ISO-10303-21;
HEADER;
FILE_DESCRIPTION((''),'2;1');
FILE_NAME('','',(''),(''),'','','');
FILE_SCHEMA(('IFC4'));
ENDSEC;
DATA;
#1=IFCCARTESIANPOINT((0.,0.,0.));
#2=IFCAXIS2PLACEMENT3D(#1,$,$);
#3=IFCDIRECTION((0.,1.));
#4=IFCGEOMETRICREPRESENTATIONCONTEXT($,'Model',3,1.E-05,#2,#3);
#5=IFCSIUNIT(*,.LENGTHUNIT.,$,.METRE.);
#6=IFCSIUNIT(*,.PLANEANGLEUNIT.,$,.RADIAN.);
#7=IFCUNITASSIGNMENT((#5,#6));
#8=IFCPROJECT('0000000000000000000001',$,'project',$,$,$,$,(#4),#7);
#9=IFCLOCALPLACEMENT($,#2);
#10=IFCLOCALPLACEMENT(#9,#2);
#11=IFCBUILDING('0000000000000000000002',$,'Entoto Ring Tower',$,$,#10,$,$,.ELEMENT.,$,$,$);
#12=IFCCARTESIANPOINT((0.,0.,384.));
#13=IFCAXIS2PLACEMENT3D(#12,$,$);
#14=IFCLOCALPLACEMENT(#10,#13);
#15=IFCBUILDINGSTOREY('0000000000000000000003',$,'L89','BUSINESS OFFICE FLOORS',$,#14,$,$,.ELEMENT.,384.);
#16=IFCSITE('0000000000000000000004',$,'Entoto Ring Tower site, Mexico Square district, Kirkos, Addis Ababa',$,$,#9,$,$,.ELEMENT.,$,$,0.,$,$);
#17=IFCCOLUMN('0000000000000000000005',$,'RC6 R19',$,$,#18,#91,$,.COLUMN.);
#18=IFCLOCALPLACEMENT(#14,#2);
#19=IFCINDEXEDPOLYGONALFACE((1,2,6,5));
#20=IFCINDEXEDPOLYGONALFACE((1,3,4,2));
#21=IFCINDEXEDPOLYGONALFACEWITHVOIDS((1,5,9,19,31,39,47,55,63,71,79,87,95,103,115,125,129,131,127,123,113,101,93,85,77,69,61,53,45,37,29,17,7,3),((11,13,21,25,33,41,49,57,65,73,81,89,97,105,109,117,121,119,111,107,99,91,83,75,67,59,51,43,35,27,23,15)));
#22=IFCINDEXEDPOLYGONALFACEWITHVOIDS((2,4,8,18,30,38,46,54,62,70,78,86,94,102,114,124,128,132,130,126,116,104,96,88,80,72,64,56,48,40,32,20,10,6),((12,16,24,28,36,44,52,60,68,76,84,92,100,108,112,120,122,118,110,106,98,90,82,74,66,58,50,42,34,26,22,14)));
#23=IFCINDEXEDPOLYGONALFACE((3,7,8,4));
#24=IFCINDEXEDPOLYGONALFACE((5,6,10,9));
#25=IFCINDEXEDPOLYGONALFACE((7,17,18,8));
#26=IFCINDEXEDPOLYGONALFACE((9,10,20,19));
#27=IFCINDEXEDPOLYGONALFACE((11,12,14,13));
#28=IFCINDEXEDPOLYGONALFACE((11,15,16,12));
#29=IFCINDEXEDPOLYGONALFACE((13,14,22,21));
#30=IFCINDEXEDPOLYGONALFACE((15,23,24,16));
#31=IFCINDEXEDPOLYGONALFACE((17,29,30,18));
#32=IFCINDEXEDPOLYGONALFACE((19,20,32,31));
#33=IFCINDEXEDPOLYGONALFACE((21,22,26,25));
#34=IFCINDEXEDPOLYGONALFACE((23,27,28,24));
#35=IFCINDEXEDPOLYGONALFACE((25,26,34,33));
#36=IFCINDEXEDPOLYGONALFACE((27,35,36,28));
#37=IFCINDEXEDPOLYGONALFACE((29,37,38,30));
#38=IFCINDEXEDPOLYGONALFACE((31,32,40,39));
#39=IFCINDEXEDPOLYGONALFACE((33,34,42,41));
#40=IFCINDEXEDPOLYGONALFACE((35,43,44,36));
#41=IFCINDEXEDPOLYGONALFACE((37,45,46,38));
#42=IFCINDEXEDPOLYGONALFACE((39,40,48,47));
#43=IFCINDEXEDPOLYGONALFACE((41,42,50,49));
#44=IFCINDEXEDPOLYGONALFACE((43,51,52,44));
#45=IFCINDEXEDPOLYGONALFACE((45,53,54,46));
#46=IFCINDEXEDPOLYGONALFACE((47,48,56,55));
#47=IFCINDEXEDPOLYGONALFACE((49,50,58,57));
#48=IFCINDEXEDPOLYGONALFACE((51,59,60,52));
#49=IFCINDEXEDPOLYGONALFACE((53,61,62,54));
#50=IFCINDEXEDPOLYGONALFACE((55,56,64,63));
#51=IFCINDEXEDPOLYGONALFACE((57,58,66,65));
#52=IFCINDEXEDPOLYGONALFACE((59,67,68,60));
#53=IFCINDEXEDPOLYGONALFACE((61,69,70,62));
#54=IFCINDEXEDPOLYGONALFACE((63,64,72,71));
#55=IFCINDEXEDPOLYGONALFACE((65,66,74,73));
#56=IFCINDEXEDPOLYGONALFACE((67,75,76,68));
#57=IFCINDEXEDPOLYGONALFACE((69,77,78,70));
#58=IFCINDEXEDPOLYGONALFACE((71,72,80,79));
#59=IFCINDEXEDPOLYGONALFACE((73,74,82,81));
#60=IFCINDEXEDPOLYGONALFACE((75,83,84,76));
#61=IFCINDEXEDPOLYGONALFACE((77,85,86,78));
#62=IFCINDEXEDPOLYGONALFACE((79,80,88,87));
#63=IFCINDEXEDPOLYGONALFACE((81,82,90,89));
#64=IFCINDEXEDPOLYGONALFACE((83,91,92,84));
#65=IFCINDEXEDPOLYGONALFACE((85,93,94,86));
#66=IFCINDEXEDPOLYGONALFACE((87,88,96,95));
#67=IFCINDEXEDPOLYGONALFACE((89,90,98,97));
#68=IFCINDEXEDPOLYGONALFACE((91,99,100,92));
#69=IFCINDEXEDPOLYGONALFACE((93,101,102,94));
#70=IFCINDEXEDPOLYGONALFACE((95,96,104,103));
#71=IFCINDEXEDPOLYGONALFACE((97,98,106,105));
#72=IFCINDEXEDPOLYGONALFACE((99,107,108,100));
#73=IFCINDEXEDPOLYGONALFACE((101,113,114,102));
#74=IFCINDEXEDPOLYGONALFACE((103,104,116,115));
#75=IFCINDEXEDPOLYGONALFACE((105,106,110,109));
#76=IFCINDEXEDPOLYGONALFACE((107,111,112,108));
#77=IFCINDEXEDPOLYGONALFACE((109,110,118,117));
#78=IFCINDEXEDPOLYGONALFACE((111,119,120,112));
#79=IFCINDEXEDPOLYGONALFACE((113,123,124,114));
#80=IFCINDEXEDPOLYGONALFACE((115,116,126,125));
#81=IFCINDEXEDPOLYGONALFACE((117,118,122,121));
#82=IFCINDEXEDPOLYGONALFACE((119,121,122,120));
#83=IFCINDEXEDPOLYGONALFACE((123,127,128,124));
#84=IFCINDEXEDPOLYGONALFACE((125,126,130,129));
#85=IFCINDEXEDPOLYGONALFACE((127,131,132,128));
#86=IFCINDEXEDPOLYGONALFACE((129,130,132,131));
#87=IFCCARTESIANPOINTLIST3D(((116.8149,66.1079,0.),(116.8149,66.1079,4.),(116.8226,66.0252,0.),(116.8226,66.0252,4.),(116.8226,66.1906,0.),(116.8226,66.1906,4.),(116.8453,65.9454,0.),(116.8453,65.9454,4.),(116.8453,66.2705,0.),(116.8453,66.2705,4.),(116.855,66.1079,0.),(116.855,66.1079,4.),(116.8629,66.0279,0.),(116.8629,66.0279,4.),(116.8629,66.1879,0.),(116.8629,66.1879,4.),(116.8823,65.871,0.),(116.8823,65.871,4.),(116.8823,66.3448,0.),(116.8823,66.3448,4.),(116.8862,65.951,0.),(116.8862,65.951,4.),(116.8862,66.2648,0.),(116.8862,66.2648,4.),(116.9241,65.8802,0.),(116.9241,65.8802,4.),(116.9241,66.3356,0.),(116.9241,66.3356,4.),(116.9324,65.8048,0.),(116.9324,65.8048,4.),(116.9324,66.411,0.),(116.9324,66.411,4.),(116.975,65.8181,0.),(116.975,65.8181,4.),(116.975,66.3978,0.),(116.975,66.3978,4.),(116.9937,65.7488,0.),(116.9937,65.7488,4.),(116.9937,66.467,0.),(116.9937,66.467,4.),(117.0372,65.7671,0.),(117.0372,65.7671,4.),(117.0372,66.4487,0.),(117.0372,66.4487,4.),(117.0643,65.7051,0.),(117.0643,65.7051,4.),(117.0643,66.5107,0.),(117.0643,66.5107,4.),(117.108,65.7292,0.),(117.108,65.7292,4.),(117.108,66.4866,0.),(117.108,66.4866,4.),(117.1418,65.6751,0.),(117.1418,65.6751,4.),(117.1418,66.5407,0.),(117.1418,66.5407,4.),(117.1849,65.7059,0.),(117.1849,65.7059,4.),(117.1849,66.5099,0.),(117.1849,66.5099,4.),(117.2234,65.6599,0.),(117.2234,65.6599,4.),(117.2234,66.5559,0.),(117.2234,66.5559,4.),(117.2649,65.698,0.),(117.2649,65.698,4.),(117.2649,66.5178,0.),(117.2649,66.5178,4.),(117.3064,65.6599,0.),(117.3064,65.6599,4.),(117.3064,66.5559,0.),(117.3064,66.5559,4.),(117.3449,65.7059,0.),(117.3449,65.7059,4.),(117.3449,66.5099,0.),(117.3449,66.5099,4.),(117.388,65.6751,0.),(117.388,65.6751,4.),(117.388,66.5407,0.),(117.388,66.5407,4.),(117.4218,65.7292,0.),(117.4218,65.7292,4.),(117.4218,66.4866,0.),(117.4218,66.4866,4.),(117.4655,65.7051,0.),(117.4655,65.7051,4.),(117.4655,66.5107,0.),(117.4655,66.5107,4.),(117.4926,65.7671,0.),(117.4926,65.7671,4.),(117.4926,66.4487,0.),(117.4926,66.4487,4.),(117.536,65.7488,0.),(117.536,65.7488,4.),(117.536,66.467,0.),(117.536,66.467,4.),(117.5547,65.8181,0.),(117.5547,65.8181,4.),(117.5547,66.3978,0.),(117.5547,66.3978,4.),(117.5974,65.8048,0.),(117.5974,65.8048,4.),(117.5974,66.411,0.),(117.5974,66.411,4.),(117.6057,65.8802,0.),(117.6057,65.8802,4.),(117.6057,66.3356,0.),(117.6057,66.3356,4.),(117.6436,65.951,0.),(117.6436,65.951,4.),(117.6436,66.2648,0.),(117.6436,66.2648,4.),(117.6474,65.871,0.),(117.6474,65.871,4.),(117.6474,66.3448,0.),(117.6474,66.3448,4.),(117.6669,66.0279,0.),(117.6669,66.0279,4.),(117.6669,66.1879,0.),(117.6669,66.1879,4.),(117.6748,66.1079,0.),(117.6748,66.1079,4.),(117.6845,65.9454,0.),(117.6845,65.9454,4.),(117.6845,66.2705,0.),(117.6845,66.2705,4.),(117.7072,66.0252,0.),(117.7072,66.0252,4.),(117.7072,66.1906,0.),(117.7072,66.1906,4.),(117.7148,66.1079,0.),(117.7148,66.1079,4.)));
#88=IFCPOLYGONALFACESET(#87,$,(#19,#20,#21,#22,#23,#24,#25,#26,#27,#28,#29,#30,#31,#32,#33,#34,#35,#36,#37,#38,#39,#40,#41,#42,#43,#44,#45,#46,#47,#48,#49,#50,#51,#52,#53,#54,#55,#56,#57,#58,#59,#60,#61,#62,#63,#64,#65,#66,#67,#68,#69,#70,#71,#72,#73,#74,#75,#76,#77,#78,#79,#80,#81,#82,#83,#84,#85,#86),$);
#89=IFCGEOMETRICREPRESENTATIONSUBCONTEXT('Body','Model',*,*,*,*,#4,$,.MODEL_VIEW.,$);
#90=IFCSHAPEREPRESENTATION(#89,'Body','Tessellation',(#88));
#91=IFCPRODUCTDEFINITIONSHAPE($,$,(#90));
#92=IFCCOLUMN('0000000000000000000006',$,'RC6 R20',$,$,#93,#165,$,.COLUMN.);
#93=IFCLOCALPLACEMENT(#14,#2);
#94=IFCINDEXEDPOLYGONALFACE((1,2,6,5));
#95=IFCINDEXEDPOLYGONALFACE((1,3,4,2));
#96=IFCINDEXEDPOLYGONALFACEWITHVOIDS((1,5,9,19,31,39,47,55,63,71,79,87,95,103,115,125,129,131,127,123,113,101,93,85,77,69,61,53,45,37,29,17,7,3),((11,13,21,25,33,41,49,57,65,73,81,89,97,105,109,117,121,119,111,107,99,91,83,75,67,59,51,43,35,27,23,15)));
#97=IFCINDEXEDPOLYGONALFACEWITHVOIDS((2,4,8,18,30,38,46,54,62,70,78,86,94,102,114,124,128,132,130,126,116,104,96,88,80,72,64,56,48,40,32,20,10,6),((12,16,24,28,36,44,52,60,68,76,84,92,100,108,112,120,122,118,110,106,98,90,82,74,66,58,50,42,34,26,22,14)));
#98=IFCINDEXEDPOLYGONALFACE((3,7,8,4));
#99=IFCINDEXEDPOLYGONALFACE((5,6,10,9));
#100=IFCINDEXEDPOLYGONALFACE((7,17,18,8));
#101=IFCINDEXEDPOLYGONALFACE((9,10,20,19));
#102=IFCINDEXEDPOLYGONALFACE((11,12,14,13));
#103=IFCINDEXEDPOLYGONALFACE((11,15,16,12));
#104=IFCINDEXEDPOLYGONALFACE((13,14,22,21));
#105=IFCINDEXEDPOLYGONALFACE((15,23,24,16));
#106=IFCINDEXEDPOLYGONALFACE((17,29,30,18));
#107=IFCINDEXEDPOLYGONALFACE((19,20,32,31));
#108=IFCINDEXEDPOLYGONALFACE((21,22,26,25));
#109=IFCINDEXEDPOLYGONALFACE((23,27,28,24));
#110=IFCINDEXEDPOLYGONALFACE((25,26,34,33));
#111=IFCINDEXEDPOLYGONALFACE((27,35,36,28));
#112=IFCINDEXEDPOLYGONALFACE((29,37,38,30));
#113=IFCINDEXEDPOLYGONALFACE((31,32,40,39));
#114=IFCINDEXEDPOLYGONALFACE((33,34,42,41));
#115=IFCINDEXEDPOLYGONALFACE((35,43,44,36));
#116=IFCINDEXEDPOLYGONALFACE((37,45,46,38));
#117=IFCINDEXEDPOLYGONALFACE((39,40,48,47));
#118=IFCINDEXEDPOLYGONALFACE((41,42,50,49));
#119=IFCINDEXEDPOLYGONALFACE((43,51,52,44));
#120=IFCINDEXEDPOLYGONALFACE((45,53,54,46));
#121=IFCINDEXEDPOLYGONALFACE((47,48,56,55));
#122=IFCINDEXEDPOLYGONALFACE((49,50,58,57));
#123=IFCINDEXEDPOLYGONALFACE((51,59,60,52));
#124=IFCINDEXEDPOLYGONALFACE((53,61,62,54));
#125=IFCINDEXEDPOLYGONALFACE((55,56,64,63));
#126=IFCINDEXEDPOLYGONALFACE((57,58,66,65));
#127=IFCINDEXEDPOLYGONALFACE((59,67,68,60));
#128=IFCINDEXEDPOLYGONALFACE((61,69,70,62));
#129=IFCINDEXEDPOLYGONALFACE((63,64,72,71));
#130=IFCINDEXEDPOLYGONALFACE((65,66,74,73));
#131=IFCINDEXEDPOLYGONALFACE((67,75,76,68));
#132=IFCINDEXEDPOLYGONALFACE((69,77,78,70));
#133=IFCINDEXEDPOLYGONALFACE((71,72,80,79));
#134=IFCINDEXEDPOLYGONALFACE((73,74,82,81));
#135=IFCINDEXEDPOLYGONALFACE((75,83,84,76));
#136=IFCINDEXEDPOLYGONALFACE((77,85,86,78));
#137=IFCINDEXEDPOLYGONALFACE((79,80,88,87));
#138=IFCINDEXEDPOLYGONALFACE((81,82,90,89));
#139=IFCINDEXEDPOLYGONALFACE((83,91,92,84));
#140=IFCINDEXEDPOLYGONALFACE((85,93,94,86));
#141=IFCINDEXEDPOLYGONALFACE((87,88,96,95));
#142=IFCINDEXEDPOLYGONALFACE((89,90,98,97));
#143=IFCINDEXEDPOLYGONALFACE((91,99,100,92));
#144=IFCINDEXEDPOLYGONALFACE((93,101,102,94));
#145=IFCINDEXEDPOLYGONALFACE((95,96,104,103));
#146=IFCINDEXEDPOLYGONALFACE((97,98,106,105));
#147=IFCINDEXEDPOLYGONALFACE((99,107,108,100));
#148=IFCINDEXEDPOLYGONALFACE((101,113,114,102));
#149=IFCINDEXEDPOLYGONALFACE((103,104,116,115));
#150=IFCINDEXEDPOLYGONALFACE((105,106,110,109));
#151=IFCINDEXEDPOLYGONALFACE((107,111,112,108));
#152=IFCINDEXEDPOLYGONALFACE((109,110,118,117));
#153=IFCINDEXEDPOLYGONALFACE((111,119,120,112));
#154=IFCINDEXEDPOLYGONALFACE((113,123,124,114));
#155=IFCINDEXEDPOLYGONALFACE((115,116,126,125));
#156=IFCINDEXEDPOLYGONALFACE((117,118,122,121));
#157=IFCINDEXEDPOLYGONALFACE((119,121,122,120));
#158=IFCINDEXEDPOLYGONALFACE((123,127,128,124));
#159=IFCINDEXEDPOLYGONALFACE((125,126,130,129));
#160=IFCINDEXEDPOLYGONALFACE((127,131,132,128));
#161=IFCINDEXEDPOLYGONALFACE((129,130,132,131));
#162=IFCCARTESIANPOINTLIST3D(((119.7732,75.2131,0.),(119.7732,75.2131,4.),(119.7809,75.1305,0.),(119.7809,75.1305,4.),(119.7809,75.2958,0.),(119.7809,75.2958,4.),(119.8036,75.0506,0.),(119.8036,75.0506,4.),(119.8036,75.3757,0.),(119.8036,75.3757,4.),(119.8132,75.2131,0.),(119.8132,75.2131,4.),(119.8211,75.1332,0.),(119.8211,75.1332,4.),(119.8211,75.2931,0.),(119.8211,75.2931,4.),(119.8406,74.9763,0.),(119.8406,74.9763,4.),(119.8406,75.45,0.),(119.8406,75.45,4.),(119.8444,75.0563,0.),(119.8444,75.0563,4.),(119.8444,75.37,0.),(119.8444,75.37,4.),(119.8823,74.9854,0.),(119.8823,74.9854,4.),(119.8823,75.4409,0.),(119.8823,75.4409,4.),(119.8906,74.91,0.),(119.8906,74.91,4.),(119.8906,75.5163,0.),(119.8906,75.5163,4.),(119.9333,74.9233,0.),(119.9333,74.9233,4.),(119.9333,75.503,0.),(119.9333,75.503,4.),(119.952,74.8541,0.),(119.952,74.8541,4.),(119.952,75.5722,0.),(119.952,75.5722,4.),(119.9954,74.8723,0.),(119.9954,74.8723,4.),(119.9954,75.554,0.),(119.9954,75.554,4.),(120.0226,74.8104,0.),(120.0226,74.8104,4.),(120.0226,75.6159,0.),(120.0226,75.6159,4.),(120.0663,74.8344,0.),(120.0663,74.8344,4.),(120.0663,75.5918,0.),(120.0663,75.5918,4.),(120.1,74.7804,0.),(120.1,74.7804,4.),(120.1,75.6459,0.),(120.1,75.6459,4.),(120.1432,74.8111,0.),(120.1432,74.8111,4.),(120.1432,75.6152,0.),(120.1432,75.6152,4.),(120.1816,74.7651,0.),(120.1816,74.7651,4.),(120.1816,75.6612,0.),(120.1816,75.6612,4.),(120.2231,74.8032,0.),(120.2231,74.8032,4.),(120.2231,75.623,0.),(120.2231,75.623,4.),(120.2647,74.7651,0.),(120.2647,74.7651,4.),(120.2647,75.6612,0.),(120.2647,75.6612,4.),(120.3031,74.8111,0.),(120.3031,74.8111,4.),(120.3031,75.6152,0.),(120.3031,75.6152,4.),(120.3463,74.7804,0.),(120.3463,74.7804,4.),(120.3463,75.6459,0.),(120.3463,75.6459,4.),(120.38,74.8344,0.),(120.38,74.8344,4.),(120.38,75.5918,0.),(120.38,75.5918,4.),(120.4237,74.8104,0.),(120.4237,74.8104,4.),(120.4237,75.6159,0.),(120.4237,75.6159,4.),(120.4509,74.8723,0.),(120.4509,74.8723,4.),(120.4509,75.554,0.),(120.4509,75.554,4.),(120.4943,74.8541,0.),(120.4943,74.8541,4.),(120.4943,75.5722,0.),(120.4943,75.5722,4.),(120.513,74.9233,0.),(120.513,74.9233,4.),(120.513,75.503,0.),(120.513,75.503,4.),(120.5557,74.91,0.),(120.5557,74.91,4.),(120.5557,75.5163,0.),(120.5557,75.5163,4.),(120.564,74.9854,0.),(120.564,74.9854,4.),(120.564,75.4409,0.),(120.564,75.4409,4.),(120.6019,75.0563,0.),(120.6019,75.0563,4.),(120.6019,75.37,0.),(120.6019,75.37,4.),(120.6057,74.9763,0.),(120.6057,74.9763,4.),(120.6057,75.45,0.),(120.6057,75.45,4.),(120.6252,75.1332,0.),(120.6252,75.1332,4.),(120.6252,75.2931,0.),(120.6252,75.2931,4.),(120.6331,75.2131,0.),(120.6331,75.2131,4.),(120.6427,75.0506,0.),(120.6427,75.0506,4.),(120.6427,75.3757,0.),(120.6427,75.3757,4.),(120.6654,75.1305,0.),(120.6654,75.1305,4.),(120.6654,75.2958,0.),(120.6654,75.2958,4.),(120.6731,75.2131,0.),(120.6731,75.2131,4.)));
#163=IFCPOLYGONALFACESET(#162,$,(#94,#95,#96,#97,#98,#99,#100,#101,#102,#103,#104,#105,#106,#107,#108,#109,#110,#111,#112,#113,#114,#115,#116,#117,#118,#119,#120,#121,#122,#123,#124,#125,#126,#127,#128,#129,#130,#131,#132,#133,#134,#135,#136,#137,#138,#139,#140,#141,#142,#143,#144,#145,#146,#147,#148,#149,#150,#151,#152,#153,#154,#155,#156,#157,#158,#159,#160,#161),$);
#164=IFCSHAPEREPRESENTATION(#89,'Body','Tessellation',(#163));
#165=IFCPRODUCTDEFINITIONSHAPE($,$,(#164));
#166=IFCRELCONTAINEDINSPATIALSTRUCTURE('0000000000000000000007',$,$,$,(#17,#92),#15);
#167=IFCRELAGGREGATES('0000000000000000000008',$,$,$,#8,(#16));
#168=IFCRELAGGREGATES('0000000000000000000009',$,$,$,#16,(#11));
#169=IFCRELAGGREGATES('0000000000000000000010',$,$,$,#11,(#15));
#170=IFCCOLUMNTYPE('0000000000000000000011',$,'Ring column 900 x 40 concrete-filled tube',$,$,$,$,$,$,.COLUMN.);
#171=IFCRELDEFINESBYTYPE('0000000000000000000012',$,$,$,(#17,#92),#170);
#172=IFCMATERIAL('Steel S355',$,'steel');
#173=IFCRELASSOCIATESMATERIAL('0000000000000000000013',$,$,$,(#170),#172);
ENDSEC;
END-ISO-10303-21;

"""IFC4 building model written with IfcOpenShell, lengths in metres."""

from ifc_helpers import new_model, si_unit, direction, frame, origin, origin_2d, place, context, subcontext, project, spatial, circle, hollow_circle, extrude, material, material_profile, profile_set, type_object, element, save


model = new_model("IFC4")

# Units and contexts
model_context = context("Model", 3, precision=1e-05, world=origin(), true_north=direction((0.0, 1.0)))
body_context = subcontext(model_context, "Body", "Model", "MODEL_VIEW")
ifc_project = project(units=[si_unit("LENGTHUNIT", "METRE"), si_unit("PLANEANGLEUNIT", "RADIAN")], contexts=[model_context])

# Site, building, storey
site_placement = place(None, origin())
site = spatial("IfcSite", under=ifc_project, at=site_placement, Name="Entoto Ring Tower site, Mexico Square district, Kirkos, Addis Ababa", CompositionType="ELEMENT", RefElevation=0.0)
building_placement = place(site_placement, origin())
building = spatial("IfcBuilding", under=site, at=building_placement, Name="Entoto Ring Tower", CompositionType="ELEMENT")
storey_placement = place(building_placement, frame((0.0, 0.0, 384.0)))
storey = spatial("IfcBuildingStorey", under=building, at=storey_placement, Name="L89", Description="BUSINESS OFFICE FLOORS", CompositionType="ELEMENT", Elevation=384.0)

# Columns
ifc_material_1 = material(Name="Steel S355", Category="steel")
ifc_material_profile_1 = material_profile(ifc_material_1, hollow_circle(Radius=0.45, WallThickness=0.04, at=origin_2d()), Name="CHS 900 x 40")
ifc_material_2 = material(Name="Concrete C60/75", Category="concrete")
ifc_material_profile_2 = material_profile(ifc_material_2, circle(Radius=0.4099, at=origin_2d()), Name="Concrete C60/75 infill")
ifc_profile_set_1 = profile_set([ifc_material_profile_1, ifc_material_profile_2], Name="Steel S355")
column_type = type_object("IfcColumnType", Name="Ring column 900 x 40 concrete-filled tube", PredefinedType="COLUMN", material=ifc_profile_set_1)
for number, where, z_axis, x_axis, name in (
    (1, (117.2649, 66.1079, 0.0), (0.0, 0.0, 1.0), (1.0, 0.0, 0.0), "RC6 R19"),
    (2, (120.2231, 75.2131, 0.0), (0.0, 0.0, 1.0), (1.0, 0.0, 0.0), "RC6 R20"),
):
    element("IfcColumn", number, at=place(storey_placement, frame(where, z_axis=z_axis, x_axis=x_axis)), inside=storey, type_object=column_type, Name=name, PredefinedType="COLUMN", context=body_context, shape_type="SweptSolid", body=[
        extrude(hollow_circle(Radius=0.45, WallThickness=0.04, at=origin_2d()), origin(), (0.0, 0.0, 1.0), 4.0),
    ])

save(model, "model.ifc")
